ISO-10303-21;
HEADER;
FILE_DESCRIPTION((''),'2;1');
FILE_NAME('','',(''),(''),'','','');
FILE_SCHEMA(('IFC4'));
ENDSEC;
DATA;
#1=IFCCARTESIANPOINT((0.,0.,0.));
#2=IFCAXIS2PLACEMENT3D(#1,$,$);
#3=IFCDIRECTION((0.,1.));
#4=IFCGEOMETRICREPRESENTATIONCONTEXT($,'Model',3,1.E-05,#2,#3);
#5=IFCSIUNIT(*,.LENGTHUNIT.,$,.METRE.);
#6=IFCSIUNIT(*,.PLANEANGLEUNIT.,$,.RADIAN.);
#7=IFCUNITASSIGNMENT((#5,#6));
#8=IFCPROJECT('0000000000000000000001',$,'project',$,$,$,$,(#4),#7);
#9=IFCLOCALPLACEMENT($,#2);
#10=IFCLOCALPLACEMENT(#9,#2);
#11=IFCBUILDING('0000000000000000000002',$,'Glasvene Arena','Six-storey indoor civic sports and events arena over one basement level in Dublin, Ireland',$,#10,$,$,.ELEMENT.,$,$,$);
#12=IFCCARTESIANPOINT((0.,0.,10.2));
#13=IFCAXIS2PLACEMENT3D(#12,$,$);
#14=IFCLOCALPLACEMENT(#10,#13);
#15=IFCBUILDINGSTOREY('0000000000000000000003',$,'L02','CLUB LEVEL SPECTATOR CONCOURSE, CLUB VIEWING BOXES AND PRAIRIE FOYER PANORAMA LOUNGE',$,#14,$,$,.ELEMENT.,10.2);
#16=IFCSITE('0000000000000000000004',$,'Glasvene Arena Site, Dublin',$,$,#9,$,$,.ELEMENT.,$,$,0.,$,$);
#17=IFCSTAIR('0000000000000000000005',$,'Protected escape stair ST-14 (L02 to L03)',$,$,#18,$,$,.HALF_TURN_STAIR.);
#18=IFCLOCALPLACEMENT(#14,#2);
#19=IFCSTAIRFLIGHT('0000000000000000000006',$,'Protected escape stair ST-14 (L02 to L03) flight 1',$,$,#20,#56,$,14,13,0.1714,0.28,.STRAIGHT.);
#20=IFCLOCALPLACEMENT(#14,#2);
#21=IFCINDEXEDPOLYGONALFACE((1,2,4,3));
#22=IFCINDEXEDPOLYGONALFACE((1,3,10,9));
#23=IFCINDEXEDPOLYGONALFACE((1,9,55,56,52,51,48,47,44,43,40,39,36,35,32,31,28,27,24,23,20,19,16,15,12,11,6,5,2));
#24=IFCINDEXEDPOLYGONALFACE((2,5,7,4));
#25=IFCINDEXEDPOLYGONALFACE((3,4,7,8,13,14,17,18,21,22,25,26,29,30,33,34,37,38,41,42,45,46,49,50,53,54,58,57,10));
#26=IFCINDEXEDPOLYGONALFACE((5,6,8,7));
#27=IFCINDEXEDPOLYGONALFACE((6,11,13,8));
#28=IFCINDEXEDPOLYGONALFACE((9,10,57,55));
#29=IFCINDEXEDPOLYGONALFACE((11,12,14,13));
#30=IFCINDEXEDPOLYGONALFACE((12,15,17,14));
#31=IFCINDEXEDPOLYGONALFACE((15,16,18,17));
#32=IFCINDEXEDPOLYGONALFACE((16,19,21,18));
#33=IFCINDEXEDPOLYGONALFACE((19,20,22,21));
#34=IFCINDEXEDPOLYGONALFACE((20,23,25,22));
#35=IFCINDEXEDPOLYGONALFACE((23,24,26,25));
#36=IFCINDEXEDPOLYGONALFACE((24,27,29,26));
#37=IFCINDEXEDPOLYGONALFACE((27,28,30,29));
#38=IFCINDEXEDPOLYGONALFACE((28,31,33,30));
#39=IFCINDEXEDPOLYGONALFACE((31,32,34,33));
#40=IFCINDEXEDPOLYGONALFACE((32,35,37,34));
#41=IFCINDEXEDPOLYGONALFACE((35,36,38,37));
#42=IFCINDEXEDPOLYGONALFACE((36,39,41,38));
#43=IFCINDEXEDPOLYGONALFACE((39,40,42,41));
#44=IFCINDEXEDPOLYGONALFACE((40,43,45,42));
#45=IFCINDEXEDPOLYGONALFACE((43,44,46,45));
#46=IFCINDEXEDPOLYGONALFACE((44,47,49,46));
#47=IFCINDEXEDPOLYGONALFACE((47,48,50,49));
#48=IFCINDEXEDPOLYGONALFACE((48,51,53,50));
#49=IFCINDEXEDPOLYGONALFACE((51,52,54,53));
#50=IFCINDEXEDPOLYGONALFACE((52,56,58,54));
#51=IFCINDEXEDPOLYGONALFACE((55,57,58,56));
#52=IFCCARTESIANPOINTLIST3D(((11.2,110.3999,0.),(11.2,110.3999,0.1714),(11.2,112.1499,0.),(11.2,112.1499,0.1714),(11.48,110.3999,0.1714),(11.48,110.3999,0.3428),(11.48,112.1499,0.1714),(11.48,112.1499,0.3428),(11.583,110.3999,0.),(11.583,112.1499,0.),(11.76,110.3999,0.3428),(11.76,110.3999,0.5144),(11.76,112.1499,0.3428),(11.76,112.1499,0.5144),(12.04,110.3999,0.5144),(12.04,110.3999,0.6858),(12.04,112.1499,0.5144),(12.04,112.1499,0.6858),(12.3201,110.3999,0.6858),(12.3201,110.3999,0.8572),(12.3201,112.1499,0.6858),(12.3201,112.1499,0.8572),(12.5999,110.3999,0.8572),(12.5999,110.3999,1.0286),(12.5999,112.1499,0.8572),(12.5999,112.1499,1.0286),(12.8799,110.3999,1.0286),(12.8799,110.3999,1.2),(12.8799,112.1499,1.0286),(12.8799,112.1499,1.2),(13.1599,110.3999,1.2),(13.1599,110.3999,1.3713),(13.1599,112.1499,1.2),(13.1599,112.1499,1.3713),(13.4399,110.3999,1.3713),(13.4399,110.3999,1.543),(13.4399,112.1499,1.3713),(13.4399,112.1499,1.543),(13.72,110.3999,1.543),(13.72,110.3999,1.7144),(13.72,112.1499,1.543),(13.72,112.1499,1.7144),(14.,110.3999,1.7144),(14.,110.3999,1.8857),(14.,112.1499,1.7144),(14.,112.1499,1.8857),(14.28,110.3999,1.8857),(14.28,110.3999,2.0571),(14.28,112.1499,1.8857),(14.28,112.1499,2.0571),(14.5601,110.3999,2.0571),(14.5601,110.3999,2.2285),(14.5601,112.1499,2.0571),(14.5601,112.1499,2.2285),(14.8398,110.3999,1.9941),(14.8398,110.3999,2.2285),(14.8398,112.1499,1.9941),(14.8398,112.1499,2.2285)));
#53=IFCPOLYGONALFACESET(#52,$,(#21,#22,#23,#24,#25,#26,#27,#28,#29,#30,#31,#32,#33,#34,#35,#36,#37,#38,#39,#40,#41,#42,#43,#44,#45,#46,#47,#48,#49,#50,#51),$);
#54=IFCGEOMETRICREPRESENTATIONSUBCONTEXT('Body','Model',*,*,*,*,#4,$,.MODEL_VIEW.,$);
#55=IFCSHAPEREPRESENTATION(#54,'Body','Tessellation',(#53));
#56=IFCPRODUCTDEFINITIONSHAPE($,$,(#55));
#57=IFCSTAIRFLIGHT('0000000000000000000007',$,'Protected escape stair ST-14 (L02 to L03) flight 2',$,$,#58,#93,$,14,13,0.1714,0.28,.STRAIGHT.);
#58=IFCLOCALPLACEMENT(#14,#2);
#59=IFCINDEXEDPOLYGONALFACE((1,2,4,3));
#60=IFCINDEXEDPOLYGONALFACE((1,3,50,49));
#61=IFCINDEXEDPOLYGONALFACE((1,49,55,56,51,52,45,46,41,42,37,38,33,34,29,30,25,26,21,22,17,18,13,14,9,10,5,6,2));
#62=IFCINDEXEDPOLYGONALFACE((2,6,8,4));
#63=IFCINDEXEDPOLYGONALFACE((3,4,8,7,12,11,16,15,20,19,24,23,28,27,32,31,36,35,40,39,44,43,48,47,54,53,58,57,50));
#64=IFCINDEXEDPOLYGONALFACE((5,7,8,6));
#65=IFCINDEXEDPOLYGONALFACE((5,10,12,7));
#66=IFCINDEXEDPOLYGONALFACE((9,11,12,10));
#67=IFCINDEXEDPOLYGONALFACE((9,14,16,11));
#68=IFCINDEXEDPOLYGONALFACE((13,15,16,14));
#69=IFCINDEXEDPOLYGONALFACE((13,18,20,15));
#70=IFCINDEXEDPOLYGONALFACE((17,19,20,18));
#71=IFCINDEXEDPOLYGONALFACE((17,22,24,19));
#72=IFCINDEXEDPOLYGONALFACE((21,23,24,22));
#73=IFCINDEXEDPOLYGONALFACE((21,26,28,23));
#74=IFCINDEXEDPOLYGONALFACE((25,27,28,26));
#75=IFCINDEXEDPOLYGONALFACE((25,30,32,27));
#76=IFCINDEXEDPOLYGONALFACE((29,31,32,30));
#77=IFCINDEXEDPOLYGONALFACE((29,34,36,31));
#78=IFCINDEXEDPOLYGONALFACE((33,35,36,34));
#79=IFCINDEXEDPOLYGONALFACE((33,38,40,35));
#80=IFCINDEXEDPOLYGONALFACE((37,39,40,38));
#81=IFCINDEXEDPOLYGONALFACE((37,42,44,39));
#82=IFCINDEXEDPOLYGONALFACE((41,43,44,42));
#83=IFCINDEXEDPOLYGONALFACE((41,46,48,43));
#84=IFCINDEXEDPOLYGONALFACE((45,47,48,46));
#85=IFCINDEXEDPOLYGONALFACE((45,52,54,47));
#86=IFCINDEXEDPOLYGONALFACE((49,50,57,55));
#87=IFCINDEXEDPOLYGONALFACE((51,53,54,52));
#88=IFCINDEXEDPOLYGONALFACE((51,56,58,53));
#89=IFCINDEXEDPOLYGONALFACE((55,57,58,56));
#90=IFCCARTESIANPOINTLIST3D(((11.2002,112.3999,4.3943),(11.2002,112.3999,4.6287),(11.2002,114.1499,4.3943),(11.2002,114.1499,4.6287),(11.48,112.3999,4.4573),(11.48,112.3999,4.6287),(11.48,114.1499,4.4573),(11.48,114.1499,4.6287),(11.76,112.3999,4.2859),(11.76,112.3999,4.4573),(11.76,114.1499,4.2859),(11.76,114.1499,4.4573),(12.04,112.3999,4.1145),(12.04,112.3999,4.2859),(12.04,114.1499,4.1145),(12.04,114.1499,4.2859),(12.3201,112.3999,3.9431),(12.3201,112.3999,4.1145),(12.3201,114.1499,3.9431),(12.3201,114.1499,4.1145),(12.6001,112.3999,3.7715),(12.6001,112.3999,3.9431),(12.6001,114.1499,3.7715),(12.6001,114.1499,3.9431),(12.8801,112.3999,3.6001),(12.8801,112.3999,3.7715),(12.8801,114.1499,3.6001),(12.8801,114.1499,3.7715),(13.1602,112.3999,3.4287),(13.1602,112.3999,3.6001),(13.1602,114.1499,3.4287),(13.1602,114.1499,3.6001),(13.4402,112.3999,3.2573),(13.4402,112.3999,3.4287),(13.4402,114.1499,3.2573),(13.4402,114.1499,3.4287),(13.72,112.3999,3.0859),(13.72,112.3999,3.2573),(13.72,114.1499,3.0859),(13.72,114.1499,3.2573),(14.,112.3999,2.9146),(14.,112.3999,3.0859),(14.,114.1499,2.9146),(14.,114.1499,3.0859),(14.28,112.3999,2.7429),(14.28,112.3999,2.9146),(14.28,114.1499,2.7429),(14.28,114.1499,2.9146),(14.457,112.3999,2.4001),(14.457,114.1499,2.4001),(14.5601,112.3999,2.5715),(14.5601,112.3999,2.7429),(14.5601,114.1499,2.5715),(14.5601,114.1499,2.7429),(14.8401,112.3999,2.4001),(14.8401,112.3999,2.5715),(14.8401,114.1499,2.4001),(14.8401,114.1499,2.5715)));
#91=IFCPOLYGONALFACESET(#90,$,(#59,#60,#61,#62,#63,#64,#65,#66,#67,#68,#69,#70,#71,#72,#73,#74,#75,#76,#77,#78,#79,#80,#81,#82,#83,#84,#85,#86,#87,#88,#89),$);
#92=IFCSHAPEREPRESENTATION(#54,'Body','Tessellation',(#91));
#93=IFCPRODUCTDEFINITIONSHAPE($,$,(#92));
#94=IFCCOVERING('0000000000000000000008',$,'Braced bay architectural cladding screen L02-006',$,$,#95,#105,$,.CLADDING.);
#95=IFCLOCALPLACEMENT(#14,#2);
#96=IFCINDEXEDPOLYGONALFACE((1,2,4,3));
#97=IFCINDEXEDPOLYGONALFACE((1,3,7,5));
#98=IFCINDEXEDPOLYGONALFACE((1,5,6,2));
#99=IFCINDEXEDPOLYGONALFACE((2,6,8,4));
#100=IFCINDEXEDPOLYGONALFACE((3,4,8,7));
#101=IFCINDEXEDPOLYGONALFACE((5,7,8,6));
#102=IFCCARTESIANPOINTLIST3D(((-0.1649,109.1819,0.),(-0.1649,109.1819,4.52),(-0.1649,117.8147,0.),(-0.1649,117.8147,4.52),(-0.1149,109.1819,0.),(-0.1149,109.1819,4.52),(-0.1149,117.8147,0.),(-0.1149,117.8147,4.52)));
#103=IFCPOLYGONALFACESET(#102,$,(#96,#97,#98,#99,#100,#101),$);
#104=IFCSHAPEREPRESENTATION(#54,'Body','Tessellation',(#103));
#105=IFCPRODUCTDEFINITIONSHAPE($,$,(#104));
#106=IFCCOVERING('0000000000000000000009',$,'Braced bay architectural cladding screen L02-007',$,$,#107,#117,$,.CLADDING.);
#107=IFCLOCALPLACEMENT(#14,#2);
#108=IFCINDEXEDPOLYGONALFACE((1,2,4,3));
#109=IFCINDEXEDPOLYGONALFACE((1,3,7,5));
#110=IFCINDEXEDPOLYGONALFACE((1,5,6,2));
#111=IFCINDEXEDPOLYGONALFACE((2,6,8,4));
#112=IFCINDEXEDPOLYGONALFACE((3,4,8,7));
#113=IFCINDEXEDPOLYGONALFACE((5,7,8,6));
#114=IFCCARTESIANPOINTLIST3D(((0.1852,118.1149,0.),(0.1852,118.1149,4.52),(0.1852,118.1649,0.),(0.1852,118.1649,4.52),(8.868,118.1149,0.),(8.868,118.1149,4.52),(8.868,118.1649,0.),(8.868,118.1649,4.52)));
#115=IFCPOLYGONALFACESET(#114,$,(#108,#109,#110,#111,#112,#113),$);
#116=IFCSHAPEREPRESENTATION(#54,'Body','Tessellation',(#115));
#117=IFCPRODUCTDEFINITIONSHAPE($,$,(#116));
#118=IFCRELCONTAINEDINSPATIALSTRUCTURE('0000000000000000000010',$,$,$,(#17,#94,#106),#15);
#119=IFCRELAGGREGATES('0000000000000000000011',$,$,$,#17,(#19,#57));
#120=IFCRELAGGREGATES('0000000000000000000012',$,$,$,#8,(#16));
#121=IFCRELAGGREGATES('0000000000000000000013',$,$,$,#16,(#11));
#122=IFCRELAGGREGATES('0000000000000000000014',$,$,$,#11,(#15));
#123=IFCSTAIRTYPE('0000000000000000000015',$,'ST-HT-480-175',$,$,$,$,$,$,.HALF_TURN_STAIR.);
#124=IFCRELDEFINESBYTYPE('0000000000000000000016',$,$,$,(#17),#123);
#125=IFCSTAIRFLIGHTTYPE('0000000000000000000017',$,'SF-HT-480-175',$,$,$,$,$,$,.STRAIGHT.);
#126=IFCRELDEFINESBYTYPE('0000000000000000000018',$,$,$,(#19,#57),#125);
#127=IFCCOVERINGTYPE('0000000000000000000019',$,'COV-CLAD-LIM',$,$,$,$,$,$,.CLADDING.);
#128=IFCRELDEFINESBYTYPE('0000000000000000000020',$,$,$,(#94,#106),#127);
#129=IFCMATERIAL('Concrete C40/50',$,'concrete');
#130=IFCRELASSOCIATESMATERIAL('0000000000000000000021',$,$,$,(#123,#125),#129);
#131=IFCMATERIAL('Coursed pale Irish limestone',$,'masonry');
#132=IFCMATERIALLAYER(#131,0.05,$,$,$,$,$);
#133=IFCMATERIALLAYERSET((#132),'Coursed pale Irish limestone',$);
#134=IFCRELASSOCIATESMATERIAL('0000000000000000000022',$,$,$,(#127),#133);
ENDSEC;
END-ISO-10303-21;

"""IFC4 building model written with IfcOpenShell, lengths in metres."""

from ifc_helpers import new_model, si_unit, direction, frame, origin, origin_2d, place, context, subcontext, project, spatial, polyline, rectangle, outline, extrude, material, layer, layer_set, type_object, element, aggregate, save


model = new_model("IFC4")

# Units and contexts
model_context = context("Model", 3, precision=1e-05, world=origin(), true_north=direction((0.0, 1.0)))
body_context = subcontext(model_context, "Body", "Model", "MODEL_VIEW")
ifc_project = project(units=[si_unit("LENGTHUNIT", "METRE"), si_unit("PLANEANGLEUNIT", "RADIAN")], contexts=[model_context])

# Site, building, storey
site_placement = place(None, origin())
site = spatial("IfcSite", under=ifc_project, at=site_placement, Name="Glasvene Arena Site, Dublin", CompositionType="ELEMENT", RefElevation=0.0)
building_placement = place(site_placement, origin())
building = spatial("IfcBuilding", under=site, at=building_placement, Name="Glasvene Arena", Description="Six-storey indoor civic sports and events arena over one basement level in Dublin, Ireland", CompositionType="ELEMENT")
storey_placement = place(building_placement, frame((0.0, 0.0, 10.2)))
storey = spatial("IfcBuildingStorey", under=building, at=storey_placement, Name="L02", Description="CLUB LEVEL SPECTATOR CONCOURSE, CLUB VIEWING BOXES AND PRAIRIE FOYER PANORAMA LOUNGE", CompositionType="ELEMENT", Elevation=10.2)

# Stair
ifc_material_1 = material(Name="Concrete C40/50", Category="concrete")
stair_type = type_object("IfcStairType", Name="ST-HT-480-175", PredefinedType="HALF_TURN_STAIR", material=ifc_material_1)
stair_placement = place(storey_placement, origin())
stair = element("IfcStair", 1, at=stair_placement, inside=storey, type_object=stair_type, Name="Protected escape stair ST-14 (L02 to L03)", PredefinedType="HALF_TURN_STAIR")

# Shared definitions
ifc_material_2 = material(Name="Coursed pale Irish limestone", Category="masonry")

# Stair flights
stair_flight_type = type_object("IfcStairFlightType", Name="SF-HT-480-175", PredefinedType="STRAIGHT", material=ifc_material_1)
stair_flight_1_placement = place(storey_placement, frame((11.2, 111.2749, 0.0), z_axis=(0.0, 0.0, 1.0), x_axis=(1.0, 0.0, 0.0)))
stair_flight_1 = element("IfcStairFlight", 2, at=stair_flight_1_placement, type_object=stair_flight_type, Name="Protected escape stair ST-14 (L02 to L03) flight 1", NumberOfRisers=14, NumberOfTreads=13, PredefinedType="STRAIGHT", RiserHeight=0.1714, TreadLength=0.28, context=body_context, shape_type="SweptSolid", body=[
    extrude(outline(polyline([(0.0, 0.0), (0.0, 0.1714), (0.28, 0.1714), (0.28, 0.3428), (0.5601, 0.3428), (0.5601, 0.5144), (0.8401, 0.5144), (0.8401, 0.6858), (1.1201, 0.6858), (1.1201, 0.8572), (1.3999, 0.8572), (1.3999, 1.0286), (1.6799, 1.0286), (1.6799, 1.2), (1.96, 1.2), (1.96, 1.3713), (2.24, 1.3713), (2.24, 1.543), (2.52, 1.543), (2.52, 1.7144), (2.8, 1.7144), (2.8, 1.8857), (3.0801, 1.8857), (3.0801, 2.0571), (3.3601, 2.0571), (3.3601, 2.2285), (3.6399, 2.2285), (3.6399, 2.3999), (3.6399, 1.9941), (0.3831, 0.0), (0.0, 0.0)])), frame((0.0, 0.875, 0.0), z_axis=(0.0, -1.0, 0.0), x_axis=(1.0, 0.0, 0.0)), (0.0, 0.0, 1.0), 1.75),
])
stair_flight_2_placement = place(storey_placement, frame((14.8401, 113.2749, 2.4001), z_axis=(0.0, 0.0, 1.0), x_axis=(-1.0, 0.0, 0.0)))
stair_flight_2 = element("IfcStairFlight", 3, at=stair_flight_2_placement, type_object=stair_flight_type, Name="Protected escape stair ST-14 (L02 to L03) flight 2", NumberOfRisers=14, NumberOfTreads=13, PredefinedType="STRAIGHT", RiserHeight=0.1714, TreadLength=0.28, context=body_context, shape_type="SweptSolid", body=[
    extrude(outline(polyline([(0.0, 0.0), (0.0, 0.1714), (0.28, 0.1714), (0.28, 0.3428), (0.5601, 0.3428), (0.5601, 0.5144), (0.8401, 0.5144), (0.8401, 0.6858), (1.1201, 0.6858), (1.1201, 0.8572), (1.3999, 0.8572), (1.3999, 1.0286), (1.6799, 1.0286), (1.6799, 1.2), (1.96, 1.2), (1.96, 1.3713), (2.24, 1.3713), (2.24, 1.543), (2.52, 1.543), (2.52, 1.7144), (2.8, 1.7144), (2.8, 1.8857), (3.0801, 1.8857), (3.0801, 2.0571), (3.3601, 2.0571), (3.3601, 2.2285), (3.6399, 2.2285), (3.6399, 2.3999), (3.6399, 1.9941), (0.3831, 0.0), (0.0, 0.0)])), frame((0.0, 0.875, 0.0), z_axis=(0.0, -1.0, 0.0), x_axis=(1.0, 0.0, 0.0)), (0.0, 0.0, 1.0), 1.75),
])
aggregate(stair, [stair_flight_1, stair_flight_2])

# Coverings
ifc_layer_1 = layer(ifc_material_2, 0.05)
ifc_layer_set_1 = layer_set([ifc_layer_1], Name="Coursed pale Irish limestone")
covering_type = type_object("IfcCoveringType", Name="COV-CLAD-LIM", PredefinedType="CLADDING", material=ifc_layer_set_1)
covering_1_placement = place(storey_placement, frame((-0.1399, 113.4983, 0.0), z_axis=(0.0, 0.0, 1.0), x_axis=(0.0, 1.0, 0.0)))
element("IfcCovering", 4, at=covering_1_placement, inside=storey, type_object=covering_type, Name="Braced bay architectural cladding screen L02-006", PredefinedType="CLADDING", context=body_context, shape_type="SweptSolid", body=[
    extrude(rectangle(XDim=8.6328, YDim=0.05, at=origin_2d()), origin(), (0.0, 0.0, 1.0), 4.52),
])
covering_2_placement = place(storey_placement, frame((4.5266, 118.1399, 0.0), z_axis=(0.0, 0.0, 1.0), x_axis=(1.0, 0.0, 0.0)))
element("IfcCovering", 5, at=covering_2_placement, inside=storey, type_object=covering_type, Name="Braced bay architectural cladding screen L02-007", PredefinedType="CLADDING", context=body_context, shape_type="SweptSolid", body=[
    extrude(rectangle(XDim=8.6829, YDim=0.05, at=origin_2d()), origin(), (0.0, 0.0, 1.0), 4.52),
])

save(model, "model.ifc")
